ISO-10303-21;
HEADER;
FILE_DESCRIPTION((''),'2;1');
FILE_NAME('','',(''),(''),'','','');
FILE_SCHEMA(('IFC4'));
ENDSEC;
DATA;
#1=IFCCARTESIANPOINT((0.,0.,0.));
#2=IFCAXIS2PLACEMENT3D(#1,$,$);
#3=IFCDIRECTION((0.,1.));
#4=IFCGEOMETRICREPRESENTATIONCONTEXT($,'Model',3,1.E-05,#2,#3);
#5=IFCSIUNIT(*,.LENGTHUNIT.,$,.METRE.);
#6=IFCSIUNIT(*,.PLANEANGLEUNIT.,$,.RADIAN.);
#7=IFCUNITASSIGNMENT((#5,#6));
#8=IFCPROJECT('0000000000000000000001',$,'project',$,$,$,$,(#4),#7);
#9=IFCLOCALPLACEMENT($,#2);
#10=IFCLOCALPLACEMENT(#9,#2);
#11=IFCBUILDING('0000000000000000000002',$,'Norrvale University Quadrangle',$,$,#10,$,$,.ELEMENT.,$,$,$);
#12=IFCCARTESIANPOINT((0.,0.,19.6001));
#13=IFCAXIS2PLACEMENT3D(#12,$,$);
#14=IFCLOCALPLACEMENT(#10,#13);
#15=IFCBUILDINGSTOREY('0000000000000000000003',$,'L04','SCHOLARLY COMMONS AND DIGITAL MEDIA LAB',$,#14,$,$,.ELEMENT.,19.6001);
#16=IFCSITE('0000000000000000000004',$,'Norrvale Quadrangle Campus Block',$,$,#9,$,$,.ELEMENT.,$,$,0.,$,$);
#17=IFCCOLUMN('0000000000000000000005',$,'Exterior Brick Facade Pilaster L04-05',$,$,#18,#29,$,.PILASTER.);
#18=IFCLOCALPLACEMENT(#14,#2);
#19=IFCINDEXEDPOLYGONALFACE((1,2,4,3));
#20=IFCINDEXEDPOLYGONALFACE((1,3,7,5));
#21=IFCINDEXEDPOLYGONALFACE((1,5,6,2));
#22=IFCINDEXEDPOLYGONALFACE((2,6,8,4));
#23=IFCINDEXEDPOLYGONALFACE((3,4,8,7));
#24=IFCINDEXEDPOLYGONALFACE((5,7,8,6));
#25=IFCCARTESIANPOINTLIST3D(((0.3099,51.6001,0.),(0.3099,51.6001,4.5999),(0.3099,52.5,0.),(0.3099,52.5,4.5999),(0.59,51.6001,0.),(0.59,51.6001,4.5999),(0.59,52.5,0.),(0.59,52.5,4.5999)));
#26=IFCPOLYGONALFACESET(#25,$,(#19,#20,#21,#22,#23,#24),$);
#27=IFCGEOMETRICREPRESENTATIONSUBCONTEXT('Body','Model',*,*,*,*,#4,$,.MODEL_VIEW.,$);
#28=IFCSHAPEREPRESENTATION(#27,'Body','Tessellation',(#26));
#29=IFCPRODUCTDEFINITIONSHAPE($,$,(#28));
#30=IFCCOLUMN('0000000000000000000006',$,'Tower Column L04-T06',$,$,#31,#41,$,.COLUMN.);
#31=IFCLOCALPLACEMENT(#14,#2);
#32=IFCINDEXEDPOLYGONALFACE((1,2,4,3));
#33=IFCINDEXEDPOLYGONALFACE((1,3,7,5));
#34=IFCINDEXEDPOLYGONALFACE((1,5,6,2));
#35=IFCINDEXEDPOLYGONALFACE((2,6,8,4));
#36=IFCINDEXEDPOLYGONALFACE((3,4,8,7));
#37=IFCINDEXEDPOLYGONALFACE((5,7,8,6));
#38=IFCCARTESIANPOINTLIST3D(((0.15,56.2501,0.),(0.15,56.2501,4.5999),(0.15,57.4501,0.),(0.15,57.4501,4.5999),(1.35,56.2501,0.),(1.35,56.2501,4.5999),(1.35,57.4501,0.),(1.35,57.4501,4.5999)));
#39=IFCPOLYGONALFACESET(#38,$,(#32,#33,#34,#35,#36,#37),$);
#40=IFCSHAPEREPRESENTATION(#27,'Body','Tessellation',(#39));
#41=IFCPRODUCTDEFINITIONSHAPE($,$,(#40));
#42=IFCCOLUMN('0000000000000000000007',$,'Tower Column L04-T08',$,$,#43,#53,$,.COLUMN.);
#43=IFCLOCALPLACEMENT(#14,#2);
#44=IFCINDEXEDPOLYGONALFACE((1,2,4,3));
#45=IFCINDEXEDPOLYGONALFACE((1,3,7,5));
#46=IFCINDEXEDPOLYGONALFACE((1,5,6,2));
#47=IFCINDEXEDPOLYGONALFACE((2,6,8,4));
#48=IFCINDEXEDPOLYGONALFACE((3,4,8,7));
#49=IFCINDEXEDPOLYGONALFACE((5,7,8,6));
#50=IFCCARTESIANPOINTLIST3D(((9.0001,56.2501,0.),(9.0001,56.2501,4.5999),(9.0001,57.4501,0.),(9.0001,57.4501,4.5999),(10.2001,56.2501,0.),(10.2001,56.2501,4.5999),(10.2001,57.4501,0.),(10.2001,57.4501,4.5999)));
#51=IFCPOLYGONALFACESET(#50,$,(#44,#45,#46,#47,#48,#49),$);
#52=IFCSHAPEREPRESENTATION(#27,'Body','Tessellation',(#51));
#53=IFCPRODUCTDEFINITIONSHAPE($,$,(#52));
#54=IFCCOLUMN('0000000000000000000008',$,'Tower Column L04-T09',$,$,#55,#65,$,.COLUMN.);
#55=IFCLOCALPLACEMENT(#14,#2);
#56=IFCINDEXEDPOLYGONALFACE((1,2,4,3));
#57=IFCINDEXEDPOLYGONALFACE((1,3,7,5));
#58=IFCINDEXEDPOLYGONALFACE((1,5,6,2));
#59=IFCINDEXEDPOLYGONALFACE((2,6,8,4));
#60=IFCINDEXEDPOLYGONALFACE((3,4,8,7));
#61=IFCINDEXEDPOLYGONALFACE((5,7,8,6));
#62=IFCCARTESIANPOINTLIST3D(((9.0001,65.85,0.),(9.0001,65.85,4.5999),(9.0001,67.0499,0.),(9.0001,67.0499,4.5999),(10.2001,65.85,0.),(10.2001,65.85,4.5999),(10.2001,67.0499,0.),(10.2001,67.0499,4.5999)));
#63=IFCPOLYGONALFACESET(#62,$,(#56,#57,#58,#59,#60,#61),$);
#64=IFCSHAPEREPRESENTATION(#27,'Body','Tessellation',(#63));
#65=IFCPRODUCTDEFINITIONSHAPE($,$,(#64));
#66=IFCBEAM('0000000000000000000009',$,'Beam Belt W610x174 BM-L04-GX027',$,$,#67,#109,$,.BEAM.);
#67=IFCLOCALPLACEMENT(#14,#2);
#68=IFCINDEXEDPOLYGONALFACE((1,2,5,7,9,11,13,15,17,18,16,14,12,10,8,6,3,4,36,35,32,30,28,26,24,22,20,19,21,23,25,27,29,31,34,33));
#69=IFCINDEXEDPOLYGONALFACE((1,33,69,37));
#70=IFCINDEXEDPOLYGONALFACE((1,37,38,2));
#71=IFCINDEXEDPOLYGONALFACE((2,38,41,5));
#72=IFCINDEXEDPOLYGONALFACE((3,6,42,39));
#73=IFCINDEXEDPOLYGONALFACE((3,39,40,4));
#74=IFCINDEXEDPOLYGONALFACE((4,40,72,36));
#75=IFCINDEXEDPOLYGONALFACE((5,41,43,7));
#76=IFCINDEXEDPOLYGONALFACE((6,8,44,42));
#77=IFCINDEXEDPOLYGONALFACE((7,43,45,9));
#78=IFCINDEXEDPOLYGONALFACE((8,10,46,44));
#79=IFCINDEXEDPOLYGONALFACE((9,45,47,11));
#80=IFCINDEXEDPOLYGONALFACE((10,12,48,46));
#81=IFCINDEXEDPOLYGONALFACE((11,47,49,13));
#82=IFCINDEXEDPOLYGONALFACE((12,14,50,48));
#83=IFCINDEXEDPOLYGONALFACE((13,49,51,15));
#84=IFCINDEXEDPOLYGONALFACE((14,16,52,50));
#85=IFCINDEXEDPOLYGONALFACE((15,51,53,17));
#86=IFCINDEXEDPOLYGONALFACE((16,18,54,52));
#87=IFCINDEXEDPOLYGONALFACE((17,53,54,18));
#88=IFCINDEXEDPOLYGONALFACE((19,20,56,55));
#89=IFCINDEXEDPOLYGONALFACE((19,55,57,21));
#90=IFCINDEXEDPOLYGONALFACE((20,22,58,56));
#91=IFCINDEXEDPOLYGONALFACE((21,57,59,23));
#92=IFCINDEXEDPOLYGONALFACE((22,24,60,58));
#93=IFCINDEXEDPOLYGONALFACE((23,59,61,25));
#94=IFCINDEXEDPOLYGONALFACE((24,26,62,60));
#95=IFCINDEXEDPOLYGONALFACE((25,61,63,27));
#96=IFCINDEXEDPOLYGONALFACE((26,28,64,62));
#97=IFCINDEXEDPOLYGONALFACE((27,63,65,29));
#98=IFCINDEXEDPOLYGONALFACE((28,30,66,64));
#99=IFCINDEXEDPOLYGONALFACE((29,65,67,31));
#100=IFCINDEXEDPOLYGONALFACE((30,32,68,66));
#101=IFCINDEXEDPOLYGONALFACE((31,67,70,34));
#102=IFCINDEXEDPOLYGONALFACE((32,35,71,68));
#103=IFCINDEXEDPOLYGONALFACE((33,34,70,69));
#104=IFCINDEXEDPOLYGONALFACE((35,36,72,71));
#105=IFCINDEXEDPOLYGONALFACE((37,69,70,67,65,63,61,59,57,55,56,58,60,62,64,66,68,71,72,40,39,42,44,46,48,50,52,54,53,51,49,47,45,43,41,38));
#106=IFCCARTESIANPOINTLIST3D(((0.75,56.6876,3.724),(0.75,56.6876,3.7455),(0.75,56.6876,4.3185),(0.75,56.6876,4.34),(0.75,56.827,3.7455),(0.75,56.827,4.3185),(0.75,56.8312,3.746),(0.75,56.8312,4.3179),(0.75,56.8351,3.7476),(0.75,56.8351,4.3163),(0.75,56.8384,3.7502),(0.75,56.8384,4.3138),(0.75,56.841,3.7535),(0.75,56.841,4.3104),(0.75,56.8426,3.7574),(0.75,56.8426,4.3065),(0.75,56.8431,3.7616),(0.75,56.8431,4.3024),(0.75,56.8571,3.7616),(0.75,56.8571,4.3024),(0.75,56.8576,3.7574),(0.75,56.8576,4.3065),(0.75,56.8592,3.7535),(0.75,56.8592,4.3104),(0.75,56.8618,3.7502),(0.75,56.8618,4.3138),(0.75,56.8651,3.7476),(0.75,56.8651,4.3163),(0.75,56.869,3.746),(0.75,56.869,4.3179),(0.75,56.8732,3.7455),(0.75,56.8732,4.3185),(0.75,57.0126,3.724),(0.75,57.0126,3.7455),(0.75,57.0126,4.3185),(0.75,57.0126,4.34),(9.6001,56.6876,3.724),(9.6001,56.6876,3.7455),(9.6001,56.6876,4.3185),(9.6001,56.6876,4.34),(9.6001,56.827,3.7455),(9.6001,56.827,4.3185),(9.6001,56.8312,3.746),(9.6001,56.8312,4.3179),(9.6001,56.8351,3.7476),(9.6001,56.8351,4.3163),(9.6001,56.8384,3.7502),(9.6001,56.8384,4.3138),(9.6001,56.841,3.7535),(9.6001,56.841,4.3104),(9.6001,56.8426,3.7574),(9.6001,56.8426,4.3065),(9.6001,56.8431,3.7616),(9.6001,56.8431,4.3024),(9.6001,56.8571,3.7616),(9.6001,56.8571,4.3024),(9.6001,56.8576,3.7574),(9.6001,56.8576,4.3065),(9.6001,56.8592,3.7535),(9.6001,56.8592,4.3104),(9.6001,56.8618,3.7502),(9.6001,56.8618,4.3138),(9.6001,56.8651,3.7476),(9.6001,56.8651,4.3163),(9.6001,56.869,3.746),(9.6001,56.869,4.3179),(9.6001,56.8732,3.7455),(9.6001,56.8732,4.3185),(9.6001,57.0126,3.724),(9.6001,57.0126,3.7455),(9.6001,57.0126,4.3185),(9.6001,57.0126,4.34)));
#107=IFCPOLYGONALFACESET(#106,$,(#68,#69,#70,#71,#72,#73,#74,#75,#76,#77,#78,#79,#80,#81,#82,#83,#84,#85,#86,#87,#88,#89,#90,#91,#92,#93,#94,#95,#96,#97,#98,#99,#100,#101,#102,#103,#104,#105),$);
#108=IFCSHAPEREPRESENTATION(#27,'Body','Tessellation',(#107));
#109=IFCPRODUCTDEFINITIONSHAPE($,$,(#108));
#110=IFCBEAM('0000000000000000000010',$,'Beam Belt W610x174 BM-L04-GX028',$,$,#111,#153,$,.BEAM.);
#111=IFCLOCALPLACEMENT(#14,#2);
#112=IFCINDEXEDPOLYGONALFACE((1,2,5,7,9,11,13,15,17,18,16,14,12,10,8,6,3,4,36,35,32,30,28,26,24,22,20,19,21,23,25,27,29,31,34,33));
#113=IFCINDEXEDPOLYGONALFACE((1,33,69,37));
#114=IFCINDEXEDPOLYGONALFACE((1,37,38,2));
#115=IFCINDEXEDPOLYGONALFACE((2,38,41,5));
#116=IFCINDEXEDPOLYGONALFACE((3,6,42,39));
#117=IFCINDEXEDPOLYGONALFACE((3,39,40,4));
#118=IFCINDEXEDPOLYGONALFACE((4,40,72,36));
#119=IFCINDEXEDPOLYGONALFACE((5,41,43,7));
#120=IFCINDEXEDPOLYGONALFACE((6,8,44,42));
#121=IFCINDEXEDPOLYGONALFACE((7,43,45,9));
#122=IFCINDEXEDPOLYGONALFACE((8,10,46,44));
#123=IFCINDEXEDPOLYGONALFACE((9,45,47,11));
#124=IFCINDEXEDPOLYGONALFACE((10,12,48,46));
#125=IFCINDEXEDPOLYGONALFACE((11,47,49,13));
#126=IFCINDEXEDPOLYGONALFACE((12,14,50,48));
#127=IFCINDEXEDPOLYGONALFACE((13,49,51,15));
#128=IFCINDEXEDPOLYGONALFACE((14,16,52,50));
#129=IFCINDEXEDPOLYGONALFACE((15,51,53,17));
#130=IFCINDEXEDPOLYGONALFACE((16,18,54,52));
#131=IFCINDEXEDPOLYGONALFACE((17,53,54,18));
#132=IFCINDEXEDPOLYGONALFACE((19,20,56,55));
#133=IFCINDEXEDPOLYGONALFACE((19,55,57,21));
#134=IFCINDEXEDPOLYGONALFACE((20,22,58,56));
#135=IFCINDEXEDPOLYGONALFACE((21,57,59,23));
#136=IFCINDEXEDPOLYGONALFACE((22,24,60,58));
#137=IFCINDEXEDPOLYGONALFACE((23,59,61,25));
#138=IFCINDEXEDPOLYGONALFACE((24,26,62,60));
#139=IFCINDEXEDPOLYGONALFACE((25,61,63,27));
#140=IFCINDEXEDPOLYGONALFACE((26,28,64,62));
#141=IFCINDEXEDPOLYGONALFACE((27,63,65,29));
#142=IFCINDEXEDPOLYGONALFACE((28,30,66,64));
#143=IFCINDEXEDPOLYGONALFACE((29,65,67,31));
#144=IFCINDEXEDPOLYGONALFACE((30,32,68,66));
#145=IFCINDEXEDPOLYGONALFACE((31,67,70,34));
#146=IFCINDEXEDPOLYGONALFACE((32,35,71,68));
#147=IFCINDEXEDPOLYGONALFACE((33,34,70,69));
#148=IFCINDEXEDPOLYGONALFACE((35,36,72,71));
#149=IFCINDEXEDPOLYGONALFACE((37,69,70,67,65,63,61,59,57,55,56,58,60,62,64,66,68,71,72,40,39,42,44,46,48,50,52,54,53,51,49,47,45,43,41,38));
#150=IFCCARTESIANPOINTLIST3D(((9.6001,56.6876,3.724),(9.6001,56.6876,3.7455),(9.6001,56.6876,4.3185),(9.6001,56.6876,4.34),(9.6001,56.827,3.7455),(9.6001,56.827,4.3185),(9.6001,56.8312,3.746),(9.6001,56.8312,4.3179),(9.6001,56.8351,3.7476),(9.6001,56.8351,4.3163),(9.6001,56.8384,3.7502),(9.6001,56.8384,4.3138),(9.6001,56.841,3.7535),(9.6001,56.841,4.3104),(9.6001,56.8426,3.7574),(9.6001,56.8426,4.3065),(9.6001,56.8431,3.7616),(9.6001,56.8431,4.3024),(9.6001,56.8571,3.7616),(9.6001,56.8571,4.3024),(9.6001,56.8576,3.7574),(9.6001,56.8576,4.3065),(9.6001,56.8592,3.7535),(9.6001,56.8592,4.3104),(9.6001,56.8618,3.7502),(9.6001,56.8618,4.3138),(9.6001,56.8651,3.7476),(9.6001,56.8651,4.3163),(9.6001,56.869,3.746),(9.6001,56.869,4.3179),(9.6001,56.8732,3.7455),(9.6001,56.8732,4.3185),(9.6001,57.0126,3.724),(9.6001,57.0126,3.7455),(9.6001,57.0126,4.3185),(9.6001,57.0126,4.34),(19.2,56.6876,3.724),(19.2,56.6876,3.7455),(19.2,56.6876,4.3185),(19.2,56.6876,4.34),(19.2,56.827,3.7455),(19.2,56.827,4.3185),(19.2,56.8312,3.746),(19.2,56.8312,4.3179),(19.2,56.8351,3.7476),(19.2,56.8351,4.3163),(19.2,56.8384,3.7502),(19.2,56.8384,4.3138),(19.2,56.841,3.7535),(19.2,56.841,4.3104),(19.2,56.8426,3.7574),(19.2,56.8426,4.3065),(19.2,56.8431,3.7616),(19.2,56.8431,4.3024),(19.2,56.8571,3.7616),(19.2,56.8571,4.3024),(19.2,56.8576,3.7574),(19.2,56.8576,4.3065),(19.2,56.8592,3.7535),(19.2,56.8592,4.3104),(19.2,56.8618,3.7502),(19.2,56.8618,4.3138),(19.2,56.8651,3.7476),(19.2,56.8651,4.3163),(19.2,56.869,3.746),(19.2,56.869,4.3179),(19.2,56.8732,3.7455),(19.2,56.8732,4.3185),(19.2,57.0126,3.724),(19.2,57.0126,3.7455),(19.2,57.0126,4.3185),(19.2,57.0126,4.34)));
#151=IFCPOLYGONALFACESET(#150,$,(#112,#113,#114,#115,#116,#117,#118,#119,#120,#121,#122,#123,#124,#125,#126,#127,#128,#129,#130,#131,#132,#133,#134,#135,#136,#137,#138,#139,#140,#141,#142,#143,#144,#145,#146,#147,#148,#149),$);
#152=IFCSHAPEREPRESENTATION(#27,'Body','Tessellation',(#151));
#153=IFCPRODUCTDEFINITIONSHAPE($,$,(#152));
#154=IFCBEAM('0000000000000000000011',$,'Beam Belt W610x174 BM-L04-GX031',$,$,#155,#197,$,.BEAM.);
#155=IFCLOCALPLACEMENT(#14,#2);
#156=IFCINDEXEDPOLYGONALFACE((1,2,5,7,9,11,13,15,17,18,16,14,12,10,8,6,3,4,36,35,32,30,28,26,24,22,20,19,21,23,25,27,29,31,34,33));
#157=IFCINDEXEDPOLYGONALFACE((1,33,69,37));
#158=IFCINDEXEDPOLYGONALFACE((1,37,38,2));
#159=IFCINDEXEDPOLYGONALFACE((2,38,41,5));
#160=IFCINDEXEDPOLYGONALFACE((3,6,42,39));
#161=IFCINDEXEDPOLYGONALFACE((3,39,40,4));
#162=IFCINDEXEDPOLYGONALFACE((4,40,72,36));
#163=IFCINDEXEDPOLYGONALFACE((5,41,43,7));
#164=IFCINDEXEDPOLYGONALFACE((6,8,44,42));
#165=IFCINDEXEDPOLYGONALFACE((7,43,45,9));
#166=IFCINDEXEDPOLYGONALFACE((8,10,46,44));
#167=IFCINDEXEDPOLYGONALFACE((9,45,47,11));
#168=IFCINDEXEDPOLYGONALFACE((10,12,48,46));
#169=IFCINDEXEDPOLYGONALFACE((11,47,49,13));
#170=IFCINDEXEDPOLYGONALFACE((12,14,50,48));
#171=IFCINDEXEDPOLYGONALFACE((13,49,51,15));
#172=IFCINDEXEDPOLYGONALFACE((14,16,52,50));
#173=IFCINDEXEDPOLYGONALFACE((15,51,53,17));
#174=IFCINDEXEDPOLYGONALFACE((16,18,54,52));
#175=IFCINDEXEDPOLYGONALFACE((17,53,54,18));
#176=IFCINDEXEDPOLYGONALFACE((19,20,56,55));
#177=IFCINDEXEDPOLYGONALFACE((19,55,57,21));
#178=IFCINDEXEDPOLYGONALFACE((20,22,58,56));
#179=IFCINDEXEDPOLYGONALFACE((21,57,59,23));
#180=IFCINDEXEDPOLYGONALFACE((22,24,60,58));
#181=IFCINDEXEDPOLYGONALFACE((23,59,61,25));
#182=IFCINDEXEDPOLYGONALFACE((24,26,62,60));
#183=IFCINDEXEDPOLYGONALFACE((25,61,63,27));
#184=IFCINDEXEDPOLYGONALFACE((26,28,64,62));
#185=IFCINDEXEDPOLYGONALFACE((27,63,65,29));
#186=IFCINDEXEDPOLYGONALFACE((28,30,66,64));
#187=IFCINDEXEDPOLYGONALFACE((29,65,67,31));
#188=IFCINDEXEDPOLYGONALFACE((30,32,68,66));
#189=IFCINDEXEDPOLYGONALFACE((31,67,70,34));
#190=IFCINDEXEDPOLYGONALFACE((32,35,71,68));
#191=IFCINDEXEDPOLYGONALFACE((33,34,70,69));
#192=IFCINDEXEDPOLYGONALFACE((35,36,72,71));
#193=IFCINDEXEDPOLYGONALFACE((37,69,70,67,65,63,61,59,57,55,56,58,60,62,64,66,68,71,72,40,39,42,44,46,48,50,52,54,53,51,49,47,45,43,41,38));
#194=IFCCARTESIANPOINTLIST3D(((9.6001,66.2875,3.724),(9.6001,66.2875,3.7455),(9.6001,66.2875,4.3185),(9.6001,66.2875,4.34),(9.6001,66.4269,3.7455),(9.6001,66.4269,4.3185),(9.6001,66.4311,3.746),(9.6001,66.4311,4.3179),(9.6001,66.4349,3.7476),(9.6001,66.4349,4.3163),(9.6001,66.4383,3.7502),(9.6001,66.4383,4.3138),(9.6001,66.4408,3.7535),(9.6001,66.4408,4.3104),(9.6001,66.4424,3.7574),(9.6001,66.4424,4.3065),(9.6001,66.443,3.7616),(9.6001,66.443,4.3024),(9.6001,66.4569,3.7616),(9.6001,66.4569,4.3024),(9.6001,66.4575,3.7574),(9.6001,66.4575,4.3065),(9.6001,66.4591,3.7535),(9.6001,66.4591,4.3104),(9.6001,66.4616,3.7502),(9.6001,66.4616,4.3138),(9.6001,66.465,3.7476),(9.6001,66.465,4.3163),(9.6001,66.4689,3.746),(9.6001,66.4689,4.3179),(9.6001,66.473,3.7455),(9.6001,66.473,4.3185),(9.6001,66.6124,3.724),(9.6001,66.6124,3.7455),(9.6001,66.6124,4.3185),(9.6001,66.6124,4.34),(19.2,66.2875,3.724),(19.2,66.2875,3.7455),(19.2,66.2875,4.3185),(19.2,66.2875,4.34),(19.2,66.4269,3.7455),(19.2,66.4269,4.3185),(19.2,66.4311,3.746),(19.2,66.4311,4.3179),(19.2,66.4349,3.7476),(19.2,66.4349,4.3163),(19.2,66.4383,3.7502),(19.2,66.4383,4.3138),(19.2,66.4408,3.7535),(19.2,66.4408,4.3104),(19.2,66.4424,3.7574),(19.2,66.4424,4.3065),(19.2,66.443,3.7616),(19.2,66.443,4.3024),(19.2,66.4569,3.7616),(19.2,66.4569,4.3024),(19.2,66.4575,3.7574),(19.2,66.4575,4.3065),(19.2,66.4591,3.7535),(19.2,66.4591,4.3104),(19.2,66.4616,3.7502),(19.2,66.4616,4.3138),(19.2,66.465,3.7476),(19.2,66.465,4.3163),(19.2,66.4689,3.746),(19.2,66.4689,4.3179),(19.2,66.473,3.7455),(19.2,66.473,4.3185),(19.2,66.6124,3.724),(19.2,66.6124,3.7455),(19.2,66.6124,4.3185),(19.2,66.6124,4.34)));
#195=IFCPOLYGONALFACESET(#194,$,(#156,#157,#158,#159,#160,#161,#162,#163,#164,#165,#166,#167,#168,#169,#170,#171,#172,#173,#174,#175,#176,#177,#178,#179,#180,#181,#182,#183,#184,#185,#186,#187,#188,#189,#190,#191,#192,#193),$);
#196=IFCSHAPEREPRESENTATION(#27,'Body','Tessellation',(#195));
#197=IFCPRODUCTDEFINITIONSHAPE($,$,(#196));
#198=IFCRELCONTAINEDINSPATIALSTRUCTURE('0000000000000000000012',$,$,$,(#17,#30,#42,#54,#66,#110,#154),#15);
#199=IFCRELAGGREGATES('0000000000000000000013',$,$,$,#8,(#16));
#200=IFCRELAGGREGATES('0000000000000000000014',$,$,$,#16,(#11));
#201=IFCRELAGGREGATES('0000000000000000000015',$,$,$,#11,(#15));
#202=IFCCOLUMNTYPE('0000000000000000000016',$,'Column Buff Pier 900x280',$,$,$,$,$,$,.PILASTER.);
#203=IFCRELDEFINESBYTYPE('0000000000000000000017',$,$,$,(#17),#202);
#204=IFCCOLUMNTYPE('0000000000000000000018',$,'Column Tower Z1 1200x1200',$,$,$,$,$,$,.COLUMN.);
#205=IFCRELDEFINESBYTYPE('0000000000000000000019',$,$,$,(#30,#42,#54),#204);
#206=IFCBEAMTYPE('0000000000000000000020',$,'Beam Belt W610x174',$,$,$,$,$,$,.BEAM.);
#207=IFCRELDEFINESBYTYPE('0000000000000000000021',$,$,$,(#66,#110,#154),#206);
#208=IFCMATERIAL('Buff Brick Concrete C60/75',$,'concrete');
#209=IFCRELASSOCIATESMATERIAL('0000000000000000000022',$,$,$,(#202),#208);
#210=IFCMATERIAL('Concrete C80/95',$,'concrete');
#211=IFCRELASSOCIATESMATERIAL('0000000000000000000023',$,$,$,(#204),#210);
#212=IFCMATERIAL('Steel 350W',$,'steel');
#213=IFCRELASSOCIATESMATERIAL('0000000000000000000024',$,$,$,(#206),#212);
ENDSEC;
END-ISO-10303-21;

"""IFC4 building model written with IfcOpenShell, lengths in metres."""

from ifc_helpers import new_model, si_unit, direction, frame, origin, origin_2d, place, context, subcontext, project, spatial, rectangle, i_section, extrude, material, material_profile, profile_set, type_object, element, save


model = new_model("IFC4")

# Units and contexts
model_context = context("Model", 3, precision=1e-05, world=origin(), true_north=direction((0.0, 1.0)))
body_context = subcontext(model_context, "Body", "Model", "MODEL_VIEW")
ifc_project = project(units=[si_unit("LENGTHUNIT", "METRE"), si_unit("PLANEANGLEUNIT", "RADIAN")], contexts=[model_context])

# Site, building, storey
site_placement = place(None, origin())
site = spatial("IfcSite", under=ifc_project, at=site_placement, Name="Norrvale Quadrangle Campus Block", CompositionType="ELEMENT", RefElevation=0.0)
building_placement = place(site_placement, origin())
building = spatial("IfcBuilding", under=site, at=building_placement, Name="Norrvale University Quadrangle", CompositionType="ELEMENT")
storey_placement = place(building_placement, frame((0.0, 0.0, 19.6001)))
storey = spatial("IfcBuildingStorey", under=building, at=storey_placement, Name="L04", Description="SCHOLARLY COMMONS AND DIGITAL MEDIA LAB", CompositionType="ELEMENT", Elevation=19.6001)

# Columns
ifc_material_1 = material(Name="Buff Brick Concrete C60/75", Category="concrete")
ifc_material_profile_1 = material_profile(ifc_material_1, rectangle(XDim=0.8999, YDim=0.28, at=origin_2d()), Name="Buff Brick Concrete C60/75")
ifc_profile_set_1 = profile_set([ifc_material_profile_1], Name="Buff Brick Concrete C60/75")
column_type_1 = type_object("IfcColumnType", Name="Column Buff Pier 900x280", PredefinedType="PILASTER", material=ifc_profile_set_1)
column_placement = place(storey_placement, frame((0.45, 52.05, 0.0), z_axis=(0.0, 0.0, 1.0), x_axis=(0.0, 1.0, 0.0)))
element("IfcColumn", 1, at=column_placement, inside=storey, type_object=column_type_1, Name="Exterior Brick Facade Pilaster L04-05", PredefinedType="PILASTER", context=body_context, shape_type="SweptSolid", body=[
    extrude(rectangle(XDim=0.8999, YDim=0.28, at=origin_2d()), origin(), (0.0, 0.0, 1.0), 4.5999),
])
ifc_material_2 = material(Name="Concrete C80/95", Category="concrete")
ifc_material_profile_2 = material_profile(ifc_material_2, rectangle(XDim=1.2, YDim=1.2, at=origin_2d()), Name="Concrete C80/95")
ifc_profile_set_2 = profile_set([ifc_material_profile_2], Name="Concrete C80/95")
column_type_2 = type_object("IfcColumnType", Name="Column Tower Z1 1200x1200", PredefinedType="COLUMN", material=ifc_profile_set_2)
for number, where, z_axis, x_axis, name in (
    (2, (0.75, 56.8501, 0.0), (0.0, 0.0, 1.0), (1.0, 0.0, 0.0), "Tower Column L04-T06"),
    (3, (9.6001, 56.8501, 0.0), (0.0, 0.0, 1.0), (1.0, 0.0, 0.0), "Tower Column L04-T08"),
    (4, (9.6001, 66.45, 0.0), (0.0, 0.0, 1.0), (1.0, 0.0, 0.0), "Tower Column L04-T09"),
):
    element("IfcColumn", number, at=place(storey_placement, frame(where, z_axis=z_axis, x_axis=x_axis)), inside=storey, type_object=column_type_2, Name=name, PredefinedType="COLUMN", context=body_context, shape_type="SweptSolid", body=[
        extrude(rectangle(XDim=1.2, YDim=1.2, at=origin_2d()), origin(), (0.0, 0.0, 1.0), 4.5999),
    ])

# Beams
ifc_material_3 = material(Name="Steel 350W", Category="steel")
ifc_material_profile_3 = material_profile(ifc_material_3, i_section(OverallWidth=0.325, OverallDepth=0.616, WebThickness=0.0139, FlangeThickness=0.0215, FilletRadius=0.0161, at=origin_2d()), Name="Steel 350W")
ifc_profile_set_3 = profile_set([ifc_material_profile_3], Name="Steel 350W")
beam_type_1 = type_object("IfcBeamType", Name="Beam Belt W610x174", PredefinedType="BEAM", material=ifc_profile_set_3)
beam_1_placement = place(storey_placement, frame((0.75, 56.8501, 4.032), z_axis=(1.0, 0.0, 0.0), x_axis=(0.0, 1.0, 0.0)))
element("IfcBeam", 5, at=beam_1_placement, inside=storey, type_object=beam_type_1, Name="Beam Belt W610x174 BM-L04-GX027", PredefinedType="BEAM", context=body_context, shape_type="SweptSolid", body=[
    extrude(i_section(OverallWidth=0.325, OverallDepth=0.616, WebThickness=0.0139, FlangeThickness=0.0215, FilletRadius=0.0161, at=origin_2d()), origin(), (0.0, 0.0, 1.0), 8.8501),
])
for number, where, z_axis, x_axis, name in (
    (6, (9.6001, 56.8501, 4.032), (1.0, 0.0, 0.0), (0.0, 1.0, 0.0), "Beam Belt W610x174 BM-L04-GX028"),
    (7, (9.6001, 66.45, 4.032), (1.0, 0.0, 0.0), (0.0, 1.0, 0.0), "Beam Belt W610x174 BM-L04-GX031"),
):
    element("IfcBeam", number, at=place(storey_placement, frame(where, z_axis=z_axis, x_axis=x_axis)), inside=storey, type_object=beam_type_1, Name=name, PredefinedType="BEAM", context=body_context, shape_type="SweptSolid", body=[
        extrude(i_section(OverallWidth=0.325, OverallDepth=0.616, WebThickness=0.0139, FlangeThickness=0.0215, FilletRadius=0.0161, at=origin_2d()), origin(), (0.0, 0.0, 1.0), 9.5999),
    ])

save(model, "model.ifc")
